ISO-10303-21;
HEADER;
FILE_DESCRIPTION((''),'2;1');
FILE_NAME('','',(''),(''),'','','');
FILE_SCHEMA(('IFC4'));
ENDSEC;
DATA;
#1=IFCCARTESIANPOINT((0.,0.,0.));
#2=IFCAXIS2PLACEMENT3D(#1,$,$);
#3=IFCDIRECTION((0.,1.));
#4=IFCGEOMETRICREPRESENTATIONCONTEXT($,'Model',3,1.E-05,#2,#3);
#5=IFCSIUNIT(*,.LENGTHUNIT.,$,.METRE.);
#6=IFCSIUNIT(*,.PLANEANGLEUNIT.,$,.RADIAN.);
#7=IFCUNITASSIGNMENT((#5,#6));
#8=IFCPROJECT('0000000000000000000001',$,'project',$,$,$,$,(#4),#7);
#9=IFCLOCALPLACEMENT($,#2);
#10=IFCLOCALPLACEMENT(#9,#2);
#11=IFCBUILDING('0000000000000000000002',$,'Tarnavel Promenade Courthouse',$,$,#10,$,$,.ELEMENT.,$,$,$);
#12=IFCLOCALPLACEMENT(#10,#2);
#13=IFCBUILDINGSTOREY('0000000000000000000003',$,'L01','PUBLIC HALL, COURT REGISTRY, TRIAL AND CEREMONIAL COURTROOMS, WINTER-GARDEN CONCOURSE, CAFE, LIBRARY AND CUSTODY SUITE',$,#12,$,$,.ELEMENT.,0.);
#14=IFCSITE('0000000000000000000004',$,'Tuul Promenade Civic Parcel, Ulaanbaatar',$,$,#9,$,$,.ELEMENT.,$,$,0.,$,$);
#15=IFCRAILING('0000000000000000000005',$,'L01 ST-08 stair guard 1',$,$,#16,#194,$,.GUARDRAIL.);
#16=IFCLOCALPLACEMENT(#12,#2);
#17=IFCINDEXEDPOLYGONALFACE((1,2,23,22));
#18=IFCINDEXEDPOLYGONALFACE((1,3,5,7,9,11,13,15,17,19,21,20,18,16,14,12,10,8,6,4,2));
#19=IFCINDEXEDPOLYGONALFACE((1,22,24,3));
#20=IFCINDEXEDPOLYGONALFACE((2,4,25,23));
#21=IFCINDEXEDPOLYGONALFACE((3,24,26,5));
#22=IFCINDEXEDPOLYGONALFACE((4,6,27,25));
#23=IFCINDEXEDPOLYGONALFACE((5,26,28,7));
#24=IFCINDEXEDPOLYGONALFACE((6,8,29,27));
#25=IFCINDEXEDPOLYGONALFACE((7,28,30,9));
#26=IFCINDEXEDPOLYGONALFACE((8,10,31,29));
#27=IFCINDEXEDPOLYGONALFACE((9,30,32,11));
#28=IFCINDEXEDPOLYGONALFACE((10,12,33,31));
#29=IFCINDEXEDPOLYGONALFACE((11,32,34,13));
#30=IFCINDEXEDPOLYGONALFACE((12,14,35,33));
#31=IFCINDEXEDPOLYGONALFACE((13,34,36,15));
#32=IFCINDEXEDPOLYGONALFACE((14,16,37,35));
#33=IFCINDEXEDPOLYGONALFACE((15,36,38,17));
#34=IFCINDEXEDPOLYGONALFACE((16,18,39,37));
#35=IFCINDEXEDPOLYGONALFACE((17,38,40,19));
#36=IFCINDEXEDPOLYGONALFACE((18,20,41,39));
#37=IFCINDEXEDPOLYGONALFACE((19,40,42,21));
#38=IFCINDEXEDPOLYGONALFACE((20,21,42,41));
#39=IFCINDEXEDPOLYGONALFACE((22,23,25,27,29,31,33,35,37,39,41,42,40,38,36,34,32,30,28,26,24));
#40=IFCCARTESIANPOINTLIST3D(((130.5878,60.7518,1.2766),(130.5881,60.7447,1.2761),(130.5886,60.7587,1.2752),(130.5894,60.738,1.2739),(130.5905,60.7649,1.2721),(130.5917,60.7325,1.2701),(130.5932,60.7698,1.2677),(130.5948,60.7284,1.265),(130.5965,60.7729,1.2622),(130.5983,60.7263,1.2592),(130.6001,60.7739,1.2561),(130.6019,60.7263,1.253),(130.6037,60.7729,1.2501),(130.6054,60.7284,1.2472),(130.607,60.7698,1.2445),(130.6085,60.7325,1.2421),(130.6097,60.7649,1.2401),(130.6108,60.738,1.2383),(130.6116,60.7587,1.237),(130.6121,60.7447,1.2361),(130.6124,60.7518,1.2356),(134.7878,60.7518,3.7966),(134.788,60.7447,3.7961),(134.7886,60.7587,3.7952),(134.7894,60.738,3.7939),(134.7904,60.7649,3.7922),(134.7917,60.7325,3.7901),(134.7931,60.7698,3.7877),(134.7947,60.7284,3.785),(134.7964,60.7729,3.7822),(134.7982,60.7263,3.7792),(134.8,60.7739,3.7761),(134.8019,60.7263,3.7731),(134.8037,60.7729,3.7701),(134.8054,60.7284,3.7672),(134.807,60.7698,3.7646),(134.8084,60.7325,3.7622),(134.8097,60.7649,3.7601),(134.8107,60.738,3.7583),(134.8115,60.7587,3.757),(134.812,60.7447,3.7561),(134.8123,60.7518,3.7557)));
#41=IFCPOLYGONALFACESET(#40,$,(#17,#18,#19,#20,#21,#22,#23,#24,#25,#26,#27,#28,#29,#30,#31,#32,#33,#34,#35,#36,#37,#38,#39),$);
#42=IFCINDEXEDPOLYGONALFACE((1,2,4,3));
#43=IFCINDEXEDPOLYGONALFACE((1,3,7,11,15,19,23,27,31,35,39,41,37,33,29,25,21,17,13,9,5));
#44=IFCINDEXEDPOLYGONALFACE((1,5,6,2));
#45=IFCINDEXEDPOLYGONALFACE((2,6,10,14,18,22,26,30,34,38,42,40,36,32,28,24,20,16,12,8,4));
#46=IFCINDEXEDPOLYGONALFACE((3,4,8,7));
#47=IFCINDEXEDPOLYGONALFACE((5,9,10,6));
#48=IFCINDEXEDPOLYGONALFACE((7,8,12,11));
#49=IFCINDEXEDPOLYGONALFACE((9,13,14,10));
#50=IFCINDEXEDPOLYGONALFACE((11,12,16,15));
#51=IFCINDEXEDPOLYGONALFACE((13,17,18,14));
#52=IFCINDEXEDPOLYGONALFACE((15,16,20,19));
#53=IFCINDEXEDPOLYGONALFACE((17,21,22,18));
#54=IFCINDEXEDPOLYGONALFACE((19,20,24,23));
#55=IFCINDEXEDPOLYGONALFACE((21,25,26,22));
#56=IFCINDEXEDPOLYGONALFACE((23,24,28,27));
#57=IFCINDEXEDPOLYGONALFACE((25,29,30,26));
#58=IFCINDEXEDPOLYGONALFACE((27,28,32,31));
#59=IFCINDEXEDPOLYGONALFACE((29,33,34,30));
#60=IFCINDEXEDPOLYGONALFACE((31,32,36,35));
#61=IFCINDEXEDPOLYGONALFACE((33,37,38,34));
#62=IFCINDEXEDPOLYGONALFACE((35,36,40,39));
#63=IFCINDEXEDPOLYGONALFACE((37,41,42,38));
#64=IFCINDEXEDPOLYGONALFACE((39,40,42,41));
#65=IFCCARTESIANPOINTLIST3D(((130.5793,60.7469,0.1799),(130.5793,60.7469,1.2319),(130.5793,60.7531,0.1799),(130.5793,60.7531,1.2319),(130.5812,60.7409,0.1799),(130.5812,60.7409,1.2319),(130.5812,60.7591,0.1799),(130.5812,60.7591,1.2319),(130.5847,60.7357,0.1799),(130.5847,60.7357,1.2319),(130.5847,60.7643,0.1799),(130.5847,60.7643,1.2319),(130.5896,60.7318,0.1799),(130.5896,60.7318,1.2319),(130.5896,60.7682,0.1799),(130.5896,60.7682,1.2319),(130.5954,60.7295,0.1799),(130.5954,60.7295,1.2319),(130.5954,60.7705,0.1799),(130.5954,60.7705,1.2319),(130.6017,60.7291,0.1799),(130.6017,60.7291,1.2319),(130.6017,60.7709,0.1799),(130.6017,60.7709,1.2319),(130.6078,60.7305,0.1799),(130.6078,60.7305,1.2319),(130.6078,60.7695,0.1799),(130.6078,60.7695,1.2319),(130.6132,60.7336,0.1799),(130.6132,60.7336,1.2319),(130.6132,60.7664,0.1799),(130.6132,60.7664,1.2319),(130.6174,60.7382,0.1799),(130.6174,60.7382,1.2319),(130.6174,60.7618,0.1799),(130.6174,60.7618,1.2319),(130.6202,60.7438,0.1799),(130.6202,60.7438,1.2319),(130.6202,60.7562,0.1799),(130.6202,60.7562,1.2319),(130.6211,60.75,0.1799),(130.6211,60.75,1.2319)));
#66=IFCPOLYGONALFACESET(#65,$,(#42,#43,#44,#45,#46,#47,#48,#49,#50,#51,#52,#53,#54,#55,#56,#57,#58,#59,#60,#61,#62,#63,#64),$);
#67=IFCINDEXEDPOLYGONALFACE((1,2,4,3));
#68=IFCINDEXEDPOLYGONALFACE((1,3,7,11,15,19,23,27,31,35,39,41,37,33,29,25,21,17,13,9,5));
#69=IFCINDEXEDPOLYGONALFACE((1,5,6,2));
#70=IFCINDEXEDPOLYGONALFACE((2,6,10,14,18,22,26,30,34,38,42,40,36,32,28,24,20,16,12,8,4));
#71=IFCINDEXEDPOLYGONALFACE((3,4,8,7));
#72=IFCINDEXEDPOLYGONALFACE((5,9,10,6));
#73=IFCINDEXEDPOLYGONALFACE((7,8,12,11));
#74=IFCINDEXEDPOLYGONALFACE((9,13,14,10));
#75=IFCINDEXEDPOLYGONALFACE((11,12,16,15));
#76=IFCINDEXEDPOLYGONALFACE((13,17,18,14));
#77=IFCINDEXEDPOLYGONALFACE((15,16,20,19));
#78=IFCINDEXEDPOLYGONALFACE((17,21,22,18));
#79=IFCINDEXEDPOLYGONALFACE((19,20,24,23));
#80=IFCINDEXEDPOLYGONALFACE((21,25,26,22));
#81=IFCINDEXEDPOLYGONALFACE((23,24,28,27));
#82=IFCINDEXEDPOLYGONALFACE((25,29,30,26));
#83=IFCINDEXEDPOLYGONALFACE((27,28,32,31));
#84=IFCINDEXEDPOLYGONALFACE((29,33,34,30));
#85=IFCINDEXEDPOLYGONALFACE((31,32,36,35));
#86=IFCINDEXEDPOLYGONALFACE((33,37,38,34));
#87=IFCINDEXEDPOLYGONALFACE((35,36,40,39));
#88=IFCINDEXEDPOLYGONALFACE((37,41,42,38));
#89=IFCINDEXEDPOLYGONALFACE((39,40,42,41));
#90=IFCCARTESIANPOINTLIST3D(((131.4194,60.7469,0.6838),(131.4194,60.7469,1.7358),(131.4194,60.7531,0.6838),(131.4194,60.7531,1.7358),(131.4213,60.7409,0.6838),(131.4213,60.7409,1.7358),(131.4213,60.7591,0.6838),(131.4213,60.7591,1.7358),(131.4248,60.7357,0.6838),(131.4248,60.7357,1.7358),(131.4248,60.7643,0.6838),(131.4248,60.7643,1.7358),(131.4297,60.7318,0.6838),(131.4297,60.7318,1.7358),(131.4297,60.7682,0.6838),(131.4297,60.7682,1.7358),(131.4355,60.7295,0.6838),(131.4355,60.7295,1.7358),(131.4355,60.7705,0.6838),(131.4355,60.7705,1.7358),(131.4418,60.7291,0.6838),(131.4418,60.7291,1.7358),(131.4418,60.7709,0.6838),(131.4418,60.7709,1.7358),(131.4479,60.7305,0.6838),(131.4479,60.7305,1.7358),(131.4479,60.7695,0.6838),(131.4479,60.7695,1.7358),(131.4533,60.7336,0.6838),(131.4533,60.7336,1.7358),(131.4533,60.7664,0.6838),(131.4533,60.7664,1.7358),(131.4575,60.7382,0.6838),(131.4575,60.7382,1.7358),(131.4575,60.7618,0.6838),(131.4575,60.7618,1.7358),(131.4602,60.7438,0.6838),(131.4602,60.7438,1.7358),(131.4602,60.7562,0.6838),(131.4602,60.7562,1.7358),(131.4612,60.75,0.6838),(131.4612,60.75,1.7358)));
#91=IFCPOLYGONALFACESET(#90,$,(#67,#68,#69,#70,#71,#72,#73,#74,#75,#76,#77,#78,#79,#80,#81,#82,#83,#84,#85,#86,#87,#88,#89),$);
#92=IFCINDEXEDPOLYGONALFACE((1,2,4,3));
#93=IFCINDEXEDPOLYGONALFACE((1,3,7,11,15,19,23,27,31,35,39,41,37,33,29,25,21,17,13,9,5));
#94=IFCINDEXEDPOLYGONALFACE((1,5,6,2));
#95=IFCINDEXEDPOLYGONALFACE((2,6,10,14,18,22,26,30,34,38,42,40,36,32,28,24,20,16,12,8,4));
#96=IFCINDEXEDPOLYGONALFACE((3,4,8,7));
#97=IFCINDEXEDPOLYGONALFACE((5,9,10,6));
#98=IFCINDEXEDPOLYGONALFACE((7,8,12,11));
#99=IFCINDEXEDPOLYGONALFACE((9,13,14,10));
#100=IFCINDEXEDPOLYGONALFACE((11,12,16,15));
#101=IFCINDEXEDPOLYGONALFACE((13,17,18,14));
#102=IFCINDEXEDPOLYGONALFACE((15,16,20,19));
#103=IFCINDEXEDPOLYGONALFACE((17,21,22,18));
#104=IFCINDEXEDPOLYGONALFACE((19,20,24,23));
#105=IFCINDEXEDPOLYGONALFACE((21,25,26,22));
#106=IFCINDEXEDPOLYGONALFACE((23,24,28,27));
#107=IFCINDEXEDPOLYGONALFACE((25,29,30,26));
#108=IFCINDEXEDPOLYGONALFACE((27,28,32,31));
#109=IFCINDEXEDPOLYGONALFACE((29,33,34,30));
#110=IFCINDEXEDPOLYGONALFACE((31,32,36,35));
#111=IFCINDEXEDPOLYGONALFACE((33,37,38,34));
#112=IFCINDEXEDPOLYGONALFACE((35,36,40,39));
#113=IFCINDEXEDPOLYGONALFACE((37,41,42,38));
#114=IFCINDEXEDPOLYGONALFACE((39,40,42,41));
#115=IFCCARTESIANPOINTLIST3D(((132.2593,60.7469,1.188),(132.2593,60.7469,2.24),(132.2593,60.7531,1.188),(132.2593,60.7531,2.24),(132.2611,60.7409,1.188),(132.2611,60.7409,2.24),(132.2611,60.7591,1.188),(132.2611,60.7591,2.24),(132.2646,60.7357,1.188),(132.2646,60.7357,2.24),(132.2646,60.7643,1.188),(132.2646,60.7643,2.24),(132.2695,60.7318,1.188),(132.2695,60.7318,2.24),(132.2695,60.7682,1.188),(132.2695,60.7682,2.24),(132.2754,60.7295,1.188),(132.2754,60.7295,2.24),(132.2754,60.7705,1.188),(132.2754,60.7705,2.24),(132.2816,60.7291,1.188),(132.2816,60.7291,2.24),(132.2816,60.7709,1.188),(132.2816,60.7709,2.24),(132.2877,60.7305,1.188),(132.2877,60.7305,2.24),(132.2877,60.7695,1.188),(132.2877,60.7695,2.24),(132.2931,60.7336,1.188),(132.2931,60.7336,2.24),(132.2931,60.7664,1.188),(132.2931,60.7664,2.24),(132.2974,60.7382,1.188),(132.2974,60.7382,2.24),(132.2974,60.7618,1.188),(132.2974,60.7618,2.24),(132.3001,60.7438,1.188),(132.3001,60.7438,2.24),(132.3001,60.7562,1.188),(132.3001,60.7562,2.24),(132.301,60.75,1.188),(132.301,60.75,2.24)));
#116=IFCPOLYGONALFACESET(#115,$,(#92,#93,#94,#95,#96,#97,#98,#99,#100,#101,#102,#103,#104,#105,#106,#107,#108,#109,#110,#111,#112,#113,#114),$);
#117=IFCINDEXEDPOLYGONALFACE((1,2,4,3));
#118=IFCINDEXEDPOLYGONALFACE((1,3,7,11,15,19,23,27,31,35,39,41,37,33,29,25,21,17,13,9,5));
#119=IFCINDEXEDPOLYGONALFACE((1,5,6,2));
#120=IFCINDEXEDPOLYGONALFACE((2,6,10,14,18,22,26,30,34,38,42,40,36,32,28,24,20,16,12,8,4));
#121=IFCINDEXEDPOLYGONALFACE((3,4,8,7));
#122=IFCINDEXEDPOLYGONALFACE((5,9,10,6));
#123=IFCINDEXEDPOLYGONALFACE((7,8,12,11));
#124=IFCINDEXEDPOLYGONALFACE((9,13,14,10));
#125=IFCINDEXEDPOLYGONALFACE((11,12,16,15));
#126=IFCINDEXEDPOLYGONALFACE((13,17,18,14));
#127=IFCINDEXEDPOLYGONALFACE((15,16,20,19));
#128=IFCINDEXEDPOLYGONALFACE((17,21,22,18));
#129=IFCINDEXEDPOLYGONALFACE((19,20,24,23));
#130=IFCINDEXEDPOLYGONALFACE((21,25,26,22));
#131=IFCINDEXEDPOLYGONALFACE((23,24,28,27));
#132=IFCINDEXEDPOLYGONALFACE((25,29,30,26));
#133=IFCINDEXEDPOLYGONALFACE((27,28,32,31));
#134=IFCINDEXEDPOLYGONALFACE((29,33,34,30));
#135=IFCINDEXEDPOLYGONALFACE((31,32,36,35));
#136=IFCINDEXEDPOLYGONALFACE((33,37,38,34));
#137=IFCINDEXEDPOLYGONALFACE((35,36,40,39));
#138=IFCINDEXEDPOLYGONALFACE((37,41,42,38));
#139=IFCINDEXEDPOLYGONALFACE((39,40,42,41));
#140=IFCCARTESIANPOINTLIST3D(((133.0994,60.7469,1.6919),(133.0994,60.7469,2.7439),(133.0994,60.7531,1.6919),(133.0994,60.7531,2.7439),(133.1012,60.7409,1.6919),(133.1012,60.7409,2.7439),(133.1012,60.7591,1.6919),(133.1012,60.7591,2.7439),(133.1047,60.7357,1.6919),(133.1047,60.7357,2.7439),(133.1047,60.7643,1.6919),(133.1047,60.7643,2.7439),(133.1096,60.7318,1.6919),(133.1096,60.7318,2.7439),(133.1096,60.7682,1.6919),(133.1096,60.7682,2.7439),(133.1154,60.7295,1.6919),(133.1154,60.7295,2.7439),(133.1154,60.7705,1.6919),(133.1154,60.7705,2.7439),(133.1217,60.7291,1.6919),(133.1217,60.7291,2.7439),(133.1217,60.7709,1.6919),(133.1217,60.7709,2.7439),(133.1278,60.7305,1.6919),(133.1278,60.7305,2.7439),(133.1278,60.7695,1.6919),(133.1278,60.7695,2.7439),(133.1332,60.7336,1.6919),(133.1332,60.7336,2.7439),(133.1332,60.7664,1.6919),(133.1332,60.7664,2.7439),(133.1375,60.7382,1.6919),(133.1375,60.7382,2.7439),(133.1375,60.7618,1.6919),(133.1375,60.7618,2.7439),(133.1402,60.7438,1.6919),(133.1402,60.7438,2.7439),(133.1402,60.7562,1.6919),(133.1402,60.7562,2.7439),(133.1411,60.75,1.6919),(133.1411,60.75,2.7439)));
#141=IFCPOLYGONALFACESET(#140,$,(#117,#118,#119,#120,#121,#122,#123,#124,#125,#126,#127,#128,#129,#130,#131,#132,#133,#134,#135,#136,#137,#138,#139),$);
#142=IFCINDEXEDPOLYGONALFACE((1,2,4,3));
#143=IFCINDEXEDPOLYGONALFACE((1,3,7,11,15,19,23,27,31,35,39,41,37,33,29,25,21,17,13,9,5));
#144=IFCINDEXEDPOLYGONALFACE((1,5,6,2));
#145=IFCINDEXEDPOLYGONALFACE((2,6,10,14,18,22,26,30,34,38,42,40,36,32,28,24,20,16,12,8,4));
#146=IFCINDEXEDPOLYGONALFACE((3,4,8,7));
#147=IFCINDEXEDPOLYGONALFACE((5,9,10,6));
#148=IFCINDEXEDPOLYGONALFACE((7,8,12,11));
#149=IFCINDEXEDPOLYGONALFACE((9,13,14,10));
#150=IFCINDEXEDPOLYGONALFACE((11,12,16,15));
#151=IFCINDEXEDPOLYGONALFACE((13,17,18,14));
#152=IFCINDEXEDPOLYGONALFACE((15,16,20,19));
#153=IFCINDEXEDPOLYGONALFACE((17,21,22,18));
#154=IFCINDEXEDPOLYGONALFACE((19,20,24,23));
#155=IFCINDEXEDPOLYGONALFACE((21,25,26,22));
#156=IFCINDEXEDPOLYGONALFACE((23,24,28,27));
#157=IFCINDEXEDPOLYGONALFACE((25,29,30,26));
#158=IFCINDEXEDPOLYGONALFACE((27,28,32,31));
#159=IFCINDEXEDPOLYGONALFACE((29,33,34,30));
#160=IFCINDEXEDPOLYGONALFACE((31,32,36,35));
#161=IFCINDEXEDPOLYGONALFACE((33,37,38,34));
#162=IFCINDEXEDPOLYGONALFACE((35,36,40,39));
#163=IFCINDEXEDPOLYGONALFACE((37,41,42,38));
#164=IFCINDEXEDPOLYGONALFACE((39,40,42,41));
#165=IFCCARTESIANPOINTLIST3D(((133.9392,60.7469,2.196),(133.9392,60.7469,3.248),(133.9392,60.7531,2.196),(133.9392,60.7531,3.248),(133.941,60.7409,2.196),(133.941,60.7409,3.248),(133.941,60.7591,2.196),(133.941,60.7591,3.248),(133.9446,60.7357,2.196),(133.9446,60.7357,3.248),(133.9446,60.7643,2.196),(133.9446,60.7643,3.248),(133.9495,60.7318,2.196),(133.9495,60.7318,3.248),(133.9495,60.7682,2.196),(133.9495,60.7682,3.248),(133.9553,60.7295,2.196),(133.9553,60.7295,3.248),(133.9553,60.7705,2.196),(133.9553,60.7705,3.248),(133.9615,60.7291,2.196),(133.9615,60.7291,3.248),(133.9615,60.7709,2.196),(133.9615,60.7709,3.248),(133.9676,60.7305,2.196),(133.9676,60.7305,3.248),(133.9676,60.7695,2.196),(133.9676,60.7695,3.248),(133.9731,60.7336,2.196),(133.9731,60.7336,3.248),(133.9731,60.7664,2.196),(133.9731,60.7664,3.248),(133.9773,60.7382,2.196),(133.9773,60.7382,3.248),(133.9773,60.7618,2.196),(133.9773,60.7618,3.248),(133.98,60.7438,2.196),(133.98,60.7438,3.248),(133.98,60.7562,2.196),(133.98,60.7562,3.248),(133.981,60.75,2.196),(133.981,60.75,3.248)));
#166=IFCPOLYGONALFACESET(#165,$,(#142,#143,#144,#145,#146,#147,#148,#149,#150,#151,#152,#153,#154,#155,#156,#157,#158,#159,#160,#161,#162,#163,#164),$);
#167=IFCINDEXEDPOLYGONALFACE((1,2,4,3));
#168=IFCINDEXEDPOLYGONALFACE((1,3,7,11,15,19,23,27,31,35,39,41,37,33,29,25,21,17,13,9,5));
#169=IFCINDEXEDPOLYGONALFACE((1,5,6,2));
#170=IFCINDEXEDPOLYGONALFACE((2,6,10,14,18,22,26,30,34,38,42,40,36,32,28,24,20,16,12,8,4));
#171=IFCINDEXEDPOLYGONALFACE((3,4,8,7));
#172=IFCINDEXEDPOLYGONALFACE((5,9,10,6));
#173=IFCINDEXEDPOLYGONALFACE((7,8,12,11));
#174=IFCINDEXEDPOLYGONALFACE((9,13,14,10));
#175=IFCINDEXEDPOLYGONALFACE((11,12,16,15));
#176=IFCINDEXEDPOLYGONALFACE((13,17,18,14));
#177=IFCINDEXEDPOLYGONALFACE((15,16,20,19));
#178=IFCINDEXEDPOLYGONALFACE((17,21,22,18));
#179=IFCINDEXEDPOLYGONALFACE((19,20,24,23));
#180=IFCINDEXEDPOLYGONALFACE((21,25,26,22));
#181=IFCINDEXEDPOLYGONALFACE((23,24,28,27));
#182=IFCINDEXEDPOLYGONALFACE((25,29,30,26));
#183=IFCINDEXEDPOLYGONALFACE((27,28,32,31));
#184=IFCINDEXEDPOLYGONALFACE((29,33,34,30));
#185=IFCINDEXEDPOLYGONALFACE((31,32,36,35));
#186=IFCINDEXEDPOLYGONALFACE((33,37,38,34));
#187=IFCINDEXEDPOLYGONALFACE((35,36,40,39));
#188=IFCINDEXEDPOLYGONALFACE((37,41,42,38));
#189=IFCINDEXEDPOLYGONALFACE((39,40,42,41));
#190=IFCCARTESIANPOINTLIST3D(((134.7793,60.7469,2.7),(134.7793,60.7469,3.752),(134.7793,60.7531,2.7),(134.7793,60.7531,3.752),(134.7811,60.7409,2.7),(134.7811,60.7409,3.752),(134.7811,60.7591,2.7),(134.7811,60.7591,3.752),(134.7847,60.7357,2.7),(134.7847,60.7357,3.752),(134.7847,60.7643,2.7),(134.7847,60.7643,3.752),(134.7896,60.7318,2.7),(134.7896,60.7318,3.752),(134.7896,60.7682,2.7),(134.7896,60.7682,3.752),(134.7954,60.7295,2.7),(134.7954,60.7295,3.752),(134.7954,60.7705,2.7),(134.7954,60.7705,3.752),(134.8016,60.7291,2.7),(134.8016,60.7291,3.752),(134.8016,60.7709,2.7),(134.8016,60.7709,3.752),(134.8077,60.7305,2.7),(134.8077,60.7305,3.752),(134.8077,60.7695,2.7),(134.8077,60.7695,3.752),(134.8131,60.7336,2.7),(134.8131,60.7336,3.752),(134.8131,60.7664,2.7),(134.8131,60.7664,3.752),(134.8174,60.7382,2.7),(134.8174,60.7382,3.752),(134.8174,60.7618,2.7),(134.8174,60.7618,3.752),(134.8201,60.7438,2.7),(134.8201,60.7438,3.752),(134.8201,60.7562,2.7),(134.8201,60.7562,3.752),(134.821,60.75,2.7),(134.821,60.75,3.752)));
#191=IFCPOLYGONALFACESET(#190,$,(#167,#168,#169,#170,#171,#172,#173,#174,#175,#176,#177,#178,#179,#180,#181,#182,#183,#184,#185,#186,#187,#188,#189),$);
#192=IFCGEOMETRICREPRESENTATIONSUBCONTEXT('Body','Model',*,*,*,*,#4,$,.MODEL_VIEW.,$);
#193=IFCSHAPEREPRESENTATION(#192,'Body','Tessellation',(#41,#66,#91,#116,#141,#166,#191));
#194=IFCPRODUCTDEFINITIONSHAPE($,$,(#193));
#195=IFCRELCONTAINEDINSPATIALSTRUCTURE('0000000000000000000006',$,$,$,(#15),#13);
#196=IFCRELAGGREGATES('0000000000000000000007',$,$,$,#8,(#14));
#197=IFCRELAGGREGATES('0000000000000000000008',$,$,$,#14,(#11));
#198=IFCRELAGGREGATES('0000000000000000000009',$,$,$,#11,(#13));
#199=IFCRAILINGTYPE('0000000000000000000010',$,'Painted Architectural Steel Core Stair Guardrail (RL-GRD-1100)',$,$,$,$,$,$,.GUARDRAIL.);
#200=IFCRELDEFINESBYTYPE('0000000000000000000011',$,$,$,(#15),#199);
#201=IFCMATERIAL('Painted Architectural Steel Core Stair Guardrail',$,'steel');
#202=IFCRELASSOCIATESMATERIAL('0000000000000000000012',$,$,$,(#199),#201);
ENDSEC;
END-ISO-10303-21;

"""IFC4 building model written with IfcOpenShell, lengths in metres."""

from ifc_helpers import new_model, si_unit, direction, frame, origin, origin_2d, place, context, subcontext, project, spatial, circle, extrude, material, type_object, element, save


model = new_model("IFC4")

# Units and contexts
model_context = context("Model", 3, precision=1e-05, world=origin(), true_north=direction((0.0, 1.0)))
body_context = subcontext(model_context, "Body", "Model", "MODEL_VIEW")
ifc_project = project(units=[si_unit("LENGTHUNIT", "METRE"), si_unit("PLANEANGLEUNIT", "RADIAN")], contexts=[model_context])

# Site, building, storey
site_placement = place(None, origin())
site = spatial("IfcSite", under=ifc_project, at=site_placement, Name="Tuul Promenade Civic Parcel, Ulaanbaatar", CompositionType="ELEMENT", RefElevation=0.0)
building_placement = place(site_placement, origin())
building = spatial("IfcBuilding", under=site, at=building_placement, Name="Tarnavel Promenade Courthouse", CompositionType="ELEMENT")
storey_placement = place(building_placement, origin())
storey = spatial("IfcBuildingStorey", under=building, at=storey_placement, Name="L01", Description="PUBLIC HALL, COURT REGISTRY, TRIAL AND CEREMONIAL COURTROOMS, WINTER-GARDEN CONCOURSE, CAFE, LIBRARY AND CUSTODY SUITE", CompositionType="ELEMENT", Elevation=0.0)

# Railing
ifc_material_1 = material(Name="Painted Architectural Steel Core Stair Guardrail", Category="steel")
railing_type_1 = type_object("IfcRailingType", Name="Painted Architectural Steel Core Stair Guardrail (RL-GRD-1100)", PredefinedType="GUARDRAIL", material=ifc_material_1)
railing_1_placement = place(storey_placement, frame((130.6001, 60.75, 0.1799)))
element("IfcRailing", 1, at=railing_1_placement, inside=storey, type_object=railing_type_1, Name="L01 ST-08 stair guard 1", PredefinedType="GUARDRAIL", context=body_context, shape_type="SweptSolid", body=[
    extrude(circle(Radius=0.0239, at=origin_2d()), frame((0.0, 0.0, 1.0762), z_axis=(0.857489, 0.0, 0.514503), x_axis=(0.0, 1.0, 0.0)), (0.0, 0.0, 1.0), 4.8979),
    extrude(circle(Radius=0.021, at=origin_2d()), origin(), (0.0, 0.0, 1.0), 1.052),
    extrude(circle(Radius=0.021, at=origin_2d()), frame((0.8401, 0.0, 0.5039)), (0.0, 0.0, 1.0), 1.052),
    extrude(circle(Radius=0.021, at=origin_2d()), frame((1.6799, 0.0, 1.0081)), (0.0, 0.0, 1.0), 1.052),
    extrude(circle(Radius=0.021, at=origin_2d()), frame((2.52, 0.0, 1.512)), (0.0, 0.0, 1.0), 1.052),
    extrude(circle(Radius=0.021, at=origin_2d()), frame((3.3599, 0.0, 2.0161)), (0.0, 0.0, 1.0), 1.052),
    extrude(circle(Radius=0.021, at=origin_2d()), frame((4.2, 0.0, 2.52)), (0.0, 0.0, 1.0), 1.052),
])

save(model, "model.ifc")
